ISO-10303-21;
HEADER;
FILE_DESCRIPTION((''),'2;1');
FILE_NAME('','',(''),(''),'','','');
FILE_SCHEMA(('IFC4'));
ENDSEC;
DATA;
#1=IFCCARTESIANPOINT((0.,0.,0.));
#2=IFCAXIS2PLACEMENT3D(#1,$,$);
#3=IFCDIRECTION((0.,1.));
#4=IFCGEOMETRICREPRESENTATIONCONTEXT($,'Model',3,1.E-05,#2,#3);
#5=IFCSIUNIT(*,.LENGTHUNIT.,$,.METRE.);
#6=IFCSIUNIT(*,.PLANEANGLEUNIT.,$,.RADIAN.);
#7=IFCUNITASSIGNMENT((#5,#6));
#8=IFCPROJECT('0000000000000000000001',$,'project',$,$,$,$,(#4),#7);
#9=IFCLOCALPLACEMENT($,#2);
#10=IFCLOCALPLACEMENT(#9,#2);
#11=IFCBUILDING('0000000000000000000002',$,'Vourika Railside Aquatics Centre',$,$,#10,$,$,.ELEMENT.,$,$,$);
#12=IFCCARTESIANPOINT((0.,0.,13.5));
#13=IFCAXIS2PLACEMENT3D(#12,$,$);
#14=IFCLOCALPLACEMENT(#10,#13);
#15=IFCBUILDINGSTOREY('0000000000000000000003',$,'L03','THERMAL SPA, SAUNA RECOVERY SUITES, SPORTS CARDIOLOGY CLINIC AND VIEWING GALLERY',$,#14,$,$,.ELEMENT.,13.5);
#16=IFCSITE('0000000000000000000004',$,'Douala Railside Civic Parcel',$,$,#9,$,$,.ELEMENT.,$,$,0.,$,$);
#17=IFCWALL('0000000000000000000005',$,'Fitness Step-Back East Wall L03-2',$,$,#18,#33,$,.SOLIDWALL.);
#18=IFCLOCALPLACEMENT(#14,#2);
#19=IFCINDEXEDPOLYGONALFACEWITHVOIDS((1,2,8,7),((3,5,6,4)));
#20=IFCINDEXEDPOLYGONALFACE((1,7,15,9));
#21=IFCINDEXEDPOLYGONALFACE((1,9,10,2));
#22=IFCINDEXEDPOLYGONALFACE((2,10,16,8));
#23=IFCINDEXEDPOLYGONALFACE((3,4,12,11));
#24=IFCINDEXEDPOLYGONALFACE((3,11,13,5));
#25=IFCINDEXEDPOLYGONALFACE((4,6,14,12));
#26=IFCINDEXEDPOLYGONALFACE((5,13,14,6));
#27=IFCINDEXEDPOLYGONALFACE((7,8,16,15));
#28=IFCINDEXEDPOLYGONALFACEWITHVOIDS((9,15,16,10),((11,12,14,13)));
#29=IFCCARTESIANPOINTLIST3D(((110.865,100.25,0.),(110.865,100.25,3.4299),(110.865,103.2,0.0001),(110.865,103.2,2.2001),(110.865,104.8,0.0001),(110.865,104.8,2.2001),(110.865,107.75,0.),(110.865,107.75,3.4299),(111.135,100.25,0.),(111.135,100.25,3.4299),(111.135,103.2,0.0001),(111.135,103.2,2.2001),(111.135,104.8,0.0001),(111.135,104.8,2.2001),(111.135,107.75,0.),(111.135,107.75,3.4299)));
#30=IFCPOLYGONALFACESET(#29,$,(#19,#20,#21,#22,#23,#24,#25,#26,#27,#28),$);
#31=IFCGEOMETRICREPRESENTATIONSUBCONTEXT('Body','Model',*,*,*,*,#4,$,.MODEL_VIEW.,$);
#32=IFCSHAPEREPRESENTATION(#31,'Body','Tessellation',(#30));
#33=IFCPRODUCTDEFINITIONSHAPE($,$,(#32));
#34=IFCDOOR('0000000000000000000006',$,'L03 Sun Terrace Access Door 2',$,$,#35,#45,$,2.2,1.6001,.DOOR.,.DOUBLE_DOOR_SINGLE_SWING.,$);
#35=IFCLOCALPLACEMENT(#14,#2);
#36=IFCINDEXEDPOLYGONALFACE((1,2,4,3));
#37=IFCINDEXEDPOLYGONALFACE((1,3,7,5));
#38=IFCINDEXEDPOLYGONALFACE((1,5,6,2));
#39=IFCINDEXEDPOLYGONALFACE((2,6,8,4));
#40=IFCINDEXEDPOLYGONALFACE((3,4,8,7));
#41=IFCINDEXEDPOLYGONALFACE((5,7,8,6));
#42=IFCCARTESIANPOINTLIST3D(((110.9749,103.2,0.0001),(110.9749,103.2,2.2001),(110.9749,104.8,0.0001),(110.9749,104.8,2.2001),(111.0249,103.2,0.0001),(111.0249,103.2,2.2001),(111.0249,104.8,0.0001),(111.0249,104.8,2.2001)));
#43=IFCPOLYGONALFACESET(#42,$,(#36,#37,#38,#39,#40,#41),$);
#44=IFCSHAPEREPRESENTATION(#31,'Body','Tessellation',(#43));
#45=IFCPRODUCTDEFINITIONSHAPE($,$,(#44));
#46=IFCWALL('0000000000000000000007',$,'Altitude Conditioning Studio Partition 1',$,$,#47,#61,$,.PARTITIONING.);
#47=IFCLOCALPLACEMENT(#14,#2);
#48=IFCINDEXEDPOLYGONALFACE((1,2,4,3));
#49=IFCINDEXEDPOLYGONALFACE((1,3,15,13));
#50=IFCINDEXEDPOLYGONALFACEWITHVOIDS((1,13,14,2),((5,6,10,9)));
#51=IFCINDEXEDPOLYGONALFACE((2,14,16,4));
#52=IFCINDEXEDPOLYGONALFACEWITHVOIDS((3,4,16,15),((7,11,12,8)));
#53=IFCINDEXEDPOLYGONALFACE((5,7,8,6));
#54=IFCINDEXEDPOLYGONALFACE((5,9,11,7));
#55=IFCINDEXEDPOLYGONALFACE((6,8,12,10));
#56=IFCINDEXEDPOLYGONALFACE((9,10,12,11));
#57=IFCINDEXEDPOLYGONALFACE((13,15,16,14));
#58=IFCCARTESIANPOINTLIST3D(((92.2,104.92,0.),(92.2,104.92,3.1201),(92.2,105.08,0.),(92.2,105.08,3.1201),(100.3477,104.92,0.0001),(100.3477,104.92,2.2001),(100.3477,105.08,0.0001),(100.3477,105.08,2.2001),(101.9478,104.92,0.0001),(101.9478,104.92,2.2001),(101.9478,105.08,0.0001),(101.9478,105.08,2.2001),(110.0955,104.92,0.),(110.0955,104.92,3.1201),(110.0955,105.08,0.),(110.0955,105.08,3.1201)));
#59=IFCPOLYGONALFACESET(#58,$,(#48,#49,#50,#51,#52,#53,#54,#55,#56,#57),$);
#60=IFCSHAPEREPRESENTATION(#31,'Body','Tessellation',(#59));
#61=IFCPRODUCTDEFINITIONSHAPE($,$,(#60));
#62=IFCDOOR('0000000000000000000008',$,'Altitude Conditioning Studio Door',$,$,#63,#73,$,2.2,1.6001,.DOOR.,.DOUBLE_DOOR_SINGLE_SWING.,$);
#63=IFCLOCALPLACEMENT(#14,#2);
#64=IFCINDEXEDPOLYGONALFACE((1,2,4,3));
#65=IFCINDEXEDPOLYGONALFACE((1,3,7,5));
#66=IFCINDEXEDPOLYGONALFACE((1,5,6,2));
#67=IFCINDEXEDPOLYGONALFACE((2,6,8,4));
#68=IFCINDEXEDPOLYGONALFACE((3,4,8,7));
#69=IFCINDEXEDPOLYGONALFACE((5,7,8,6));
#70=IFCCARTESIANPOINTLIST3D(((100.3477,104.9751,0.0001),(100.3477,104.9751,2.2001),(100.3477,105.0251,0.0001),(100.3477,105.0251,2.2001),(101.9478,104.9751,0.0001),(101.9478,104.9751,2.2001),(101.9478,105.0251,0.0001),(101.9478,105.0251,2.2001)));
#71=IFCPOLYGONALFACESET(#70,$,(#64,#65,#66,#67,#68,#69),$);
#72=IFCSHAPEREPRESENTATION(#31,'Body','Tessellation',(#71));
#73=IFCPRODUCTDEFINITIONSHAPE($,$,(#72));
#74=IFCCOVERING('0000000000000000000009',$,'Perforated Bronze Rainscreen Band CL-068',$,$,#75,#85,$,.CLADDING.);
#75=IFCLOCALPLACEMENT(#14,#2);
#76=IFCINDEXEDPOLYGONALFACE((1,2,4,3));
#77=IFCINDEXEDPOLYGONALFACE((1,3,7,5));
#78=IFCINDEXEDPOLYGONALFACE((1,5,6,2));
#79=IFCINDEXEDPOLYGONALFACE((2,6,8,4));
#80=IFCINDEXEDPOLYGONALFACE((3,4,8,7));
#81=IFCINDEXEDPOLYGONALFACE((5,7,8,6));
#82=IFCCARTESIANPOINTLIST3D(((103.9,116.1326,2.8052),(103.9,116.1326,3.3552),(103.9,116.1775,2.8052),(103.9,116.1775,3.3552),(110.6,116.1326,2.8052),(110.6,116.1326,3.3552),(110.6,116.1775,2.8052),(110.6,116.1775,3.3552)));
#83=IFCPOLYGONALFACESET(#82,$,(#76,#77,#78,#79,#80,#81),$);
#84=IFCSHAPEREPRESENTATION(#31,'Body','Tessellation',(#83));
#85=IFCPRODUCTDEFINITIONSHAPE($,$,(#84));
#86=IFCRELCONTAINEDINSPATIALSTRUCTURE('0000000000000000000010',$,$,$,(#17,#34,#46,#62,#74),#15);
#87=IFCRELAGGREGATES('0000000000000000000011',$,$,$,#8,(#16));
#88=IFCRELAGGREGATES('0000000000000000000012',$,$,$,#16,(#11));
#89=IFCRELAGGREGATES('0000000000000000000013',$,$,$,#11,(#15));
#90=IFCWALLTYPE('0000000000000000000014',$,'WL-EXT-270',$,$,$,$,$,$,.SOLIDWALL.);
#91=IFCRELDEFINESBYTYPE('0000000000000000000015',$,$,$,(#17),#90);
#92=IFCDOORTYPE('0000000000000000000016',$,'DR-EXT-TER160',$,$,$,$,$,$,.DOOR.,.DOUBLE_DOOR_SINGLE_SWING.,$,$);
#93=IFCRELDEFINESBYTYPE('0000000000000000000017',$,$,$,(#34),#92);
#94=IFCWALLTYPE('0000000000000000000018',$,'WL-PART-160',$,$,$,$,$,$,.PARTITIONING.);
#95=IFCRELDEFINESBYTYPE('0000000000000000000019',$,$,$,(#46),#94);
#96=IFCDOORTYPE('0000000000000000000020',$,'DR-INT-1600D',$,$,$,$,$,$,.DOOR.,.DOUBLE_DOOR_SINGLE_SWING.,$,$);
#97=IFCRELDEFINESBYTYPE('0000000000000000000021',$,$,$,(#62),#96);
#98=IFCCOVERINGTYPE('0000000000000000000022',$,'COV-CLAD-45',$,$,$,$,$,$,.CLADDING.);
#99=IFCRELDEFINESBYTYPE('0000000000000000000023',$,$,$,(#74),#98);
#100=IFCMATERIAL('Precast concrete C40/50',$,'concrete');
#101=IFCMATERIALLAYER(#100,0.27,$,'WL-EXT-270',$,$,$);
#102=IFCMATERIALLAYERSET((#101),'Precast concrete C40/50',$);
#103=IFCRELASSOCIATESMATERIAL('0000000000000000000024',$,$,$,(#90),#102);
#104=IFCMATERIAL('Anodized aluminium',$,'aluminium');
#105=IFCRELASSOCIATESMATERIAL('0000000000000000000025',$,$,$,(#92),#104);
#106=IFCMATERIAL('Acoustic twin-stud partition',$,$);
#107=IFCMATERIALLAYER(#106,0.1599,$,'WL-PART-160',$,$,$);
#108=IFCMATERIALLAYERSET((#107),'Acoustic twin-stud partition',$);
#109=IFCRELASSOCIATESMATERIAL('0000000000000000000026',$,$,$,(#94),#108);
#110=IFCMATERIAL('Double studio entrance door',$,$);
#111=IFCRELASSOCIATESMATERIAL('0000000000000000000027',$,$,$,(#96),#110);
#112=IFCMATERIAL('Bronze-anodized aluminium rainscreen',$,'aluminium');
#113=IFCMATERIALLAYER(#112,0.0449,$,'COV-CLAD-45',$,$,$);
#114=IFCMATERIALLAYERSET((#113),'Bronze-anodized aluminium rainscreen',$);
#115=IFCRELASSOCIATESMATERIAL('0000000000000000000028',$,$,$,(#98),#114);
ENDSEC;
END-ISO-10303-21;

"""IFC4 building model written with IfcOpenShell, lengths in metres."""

from ifc_helpers import new_model, si_unit, direction, frame, frame_2d, origin, origin_2d, place, context, subcontext, project, spatial, rectangle, extrude, material, layer, layer_set, type_object, element, fill, save


model = new_model("IFC4")

# Units and contexts
model_context = context("Model", 3, precision=1e-05, world=origin(), true_north=direction((0.0, 1.0)))
body_context = subcontext(model_context, "Body", "Model", "MODEL_VIEW")
ifc_project = project(units=[si_unit("LENGTHUNIT", "METRE"), si_unit("PLANEANGLEUNIT", "RADIAN")], contexts=[model_context])

# Site, building, storey
site_placement = place(None, origin())
site = spatial("IfcSite", under=ifc_project, at=site_placement, Name="Douala Railside Civic Parcel", CompositionType="ELEMENT", RefElevation=0.0)
building_placement = place(site_placement, origin())
building = spatial("IfcBuilding", under=site, at=building_placement, Name="Vourika Railside Aquatics Centre", CompositionType="ELEMENT")
storey_placement = place(building_placement, frame((0.0, 0.0, 13.5)))
storey = spatial("IfcBuildingStorey", under=building, at=storey_placement, Name="L03", Description="THERMAL SPA, SAUNA RECOVERY SUITES, SPORTS CARDIOLOGY CLINIC AND VIEWING GALLERY", CompositionType="ELEMENT", Elevation=13.5)

# Shared definitions
ifc_material_1 = material(Name="Precast concrete C40/50", Category="concrete")
ifc_layer_1 = layer(ifc_material_1, 0.27, Name="WL-EXT-270")
ifc_layer_set_1 = layer_set([ifc_layer_1], Name="Precast concrete C40/50")
wall_type_1 = type_object("IfcWallType", Name="WL-EXT-270", PredefinedType="SOLIDWALL", material=ifc_layer_set_1)

# Walls, openings, doors
wall_1_placement = place(storey_placement, frame((111.0, 100.25, 0.0), z_axis=(0.0, 0.0, 1.0), x_axis=(0.0, 1.0, 0.0)))
wall_1 = element("IfcWall", 1, at=wall_1_placement, inside=storey, type_object=wall_type_1, Name="Fitness Step-Back East Wall L03-2", PredefinedType="SOLIDWALL", context=body_context, shape_type="SweptSolid", body=[
    extrude(rectangle(XDim=7.5, YDim=0.27, at=frame_2d((3.75, 0.0))), origin(), (0.0, 0.0, 1.0), 3.4299),
])
opening_1_placement = place(wall_1_placement, frame((2.95, 0.0, 0.0)))
opening_1 = element("IfcOpeningElement", 2, at=opening_1_placement, cuts=wall_1, PredefinedType="OPENING", context=body_context, shape_type="SweptSolid", body=[
    extrude(rectangle(XDim=1.6001, YDim=2.2, at=frame_2d((0.8, 1.1001))), frame((0.0, 0.145, 0.0), z_axis=(0.0, -1.0, 0.0), x_axis=(1.0, 0.0, 0.0)), (0.0, 0.0, 1.0), 0.29),
])
ifc_material_2 = material(Name="Anodized aluminium", Category="aluminium")
door_type_1 = type_object("IfcDoorType", Name="DR-EXT-TER160", OperationType="DOUBLE_DOOR_SINGLE_SWING", PredefinedType="DOOR", material=ifc_material_2)
door_1_placement = place(opening_1_placement, frame((1.6001, 0.0, 0.0), z_axis=(0.0, 0.0, 1.0), x_axis=(-1.0, 0.0, 0.0)))
door_1 = element("IfcDoor", 3, at=door_1_placement, inside=storey, type_object=door_type_1, Name="L03 Sun Terrace Access Door 2", OperationType="DOUBLE_DOOR_SINGLE_SWING", OverallHeight=2.2, OverallWidth=1.6001, PredefinedType="DOOR", context=body_context, shape_type="SweptSolid", body=[
    extrude(rectangle(XDim=1.6001, YDim=2.2, at=frame_2d((0.8, 1.1001))), frame((0.0, 0.0249, 0.0), z_axis=(0.0, -1.0, 0.0), x_axis=(1.0, 0.0, 0.0)), (0.0, 0.0, 1.0), 0.05),
])
fill(opening_1, door_1)
ifc_material_3 = material(Name="Acoustic twin-stud partition")
ifc_layer_2 = layer(ifc_material_3, 0.1599, Name="WL-PART-160")
ifc_layer_set_2 = layer_set([ifc_layer_2], Name="Acoustic twin-stud partition")
wall_type_2 = type_object("IfcWallType", Name="WL-PART-160", PredefinedType="PARTITIONING", material=ifc_layer_set_2)
wall_2_placement = place(storey_placement, frame((110.0955, 105.0, 0.0), z_axis=(0.0, 0.0, 1.0), x_axis=(-1.0, 0.0, 0.0)))
wall_2 = element("IfcWall", 4, at=wall_2_placement, inside=storey, type_object=wall_type_2, Name="Altitude Conditioning Studio Partition 1", PredefinedType="PARTITIONING", context=body_context, shape_type="SweptSolid", body=[
    extrude(rectangle(XDim=17.8955, YDim=0.1599, at=frame_2d((8.9478, 0.0))), origin(), (0.0, 0.0, 1.0), 3.1201),
])
opening_2_placement = place(wall_2_placement, frame((8.1477, 0.0, 0.0)))
opening_2 = element("IfcOpeningElement", 5, at=opening_2_placement, cuts=wall_2, PredefinedType="OPENING", context=body_context, shape_type="SweptSolid", body=[
    extrude(rectangle(XDim=1.6001, YDim=2.2, at=frame_2d((0.8, 1.1001))), frame((0.0, 0.0898, 0.0), z_axis=(0.0, -1.0, 0.0), x_axis=(1.0, 0.0, 0.0)), (0.0, 0.0, 1.0), 0.1799),
])
ifc_material_4 = material(Name="Double studio entrance door")
door_type_2 = type_object("IfcDoorType", Name="DR-INT-1600D", OperationType="DOUBLE_DOOR_SINGLE_SWING", PredefinedType="DOOR", material=ifc_material_4)
door_2_placement = place(opening_2_placement, origin())
door_2 = element("IfcDoor", 6, at=door_2_placement, inside=storey, type_object=door_type_2, Name="Altitude Conditioning Studio Door", OperationType="DOUBLE_DOOR_SINGLE_SWING", OverallHeight=2.2, OverallWidth=1.6001, PredefinedType="DOOR", context=body_context, shape_type="SweptSolid", body=[
    extrude(rectangle(XDim=1.6001, YDim=2.2, at=frame_2d((0.8, 1.1001))), frame((0.0, 0.0249, 0.0), z_axis=(0.0, -1.0, 0.0), x_axis=(1.0, 0.0, 0.0)), (0.0, 0.0, 1.0), 0.05),
])
fill(opening_2, door_2)

# Covering
ifc_material_5 = material(Name="Bronze-anodized aluminium rainscreen", Category="aluminium")
ifc_layer_3 = layer(ifc_material_5, 0.0449, Name="COV-CLAD-45")
ifc_layer_set_3 = layer_set([ifc_layer_3], Name="Bronze-anodized aluminium rainscreen")
covering_type = type_object("IfcCoveringType", Name="COV-CLAD-45", PredefinedType="CLADDING", material=ifc_layer_set_3)
covering_placement = place(storey_placement, frame((107.25, 116.155, 2.8052), z_axis=(0.0, 0.0, 1.0), x_axis=(-1.0, 0.0, 0.0)))
element("IfcCovering", 7, at=covering_placement, inside=storey, type_object=covering_type, Name="Perforated Bronze Rainscreen Band CL-068", PredefinedType="CLADDING", context=body_context, shape_type="SweptSolid", body=[
    extrude(rectangle(XDim=6.7, YDim=0.0449, at=origin_2d()), origin(), (0.0, 0.0, 1.0), 0.55),
])

save(model, "model.ifc")
